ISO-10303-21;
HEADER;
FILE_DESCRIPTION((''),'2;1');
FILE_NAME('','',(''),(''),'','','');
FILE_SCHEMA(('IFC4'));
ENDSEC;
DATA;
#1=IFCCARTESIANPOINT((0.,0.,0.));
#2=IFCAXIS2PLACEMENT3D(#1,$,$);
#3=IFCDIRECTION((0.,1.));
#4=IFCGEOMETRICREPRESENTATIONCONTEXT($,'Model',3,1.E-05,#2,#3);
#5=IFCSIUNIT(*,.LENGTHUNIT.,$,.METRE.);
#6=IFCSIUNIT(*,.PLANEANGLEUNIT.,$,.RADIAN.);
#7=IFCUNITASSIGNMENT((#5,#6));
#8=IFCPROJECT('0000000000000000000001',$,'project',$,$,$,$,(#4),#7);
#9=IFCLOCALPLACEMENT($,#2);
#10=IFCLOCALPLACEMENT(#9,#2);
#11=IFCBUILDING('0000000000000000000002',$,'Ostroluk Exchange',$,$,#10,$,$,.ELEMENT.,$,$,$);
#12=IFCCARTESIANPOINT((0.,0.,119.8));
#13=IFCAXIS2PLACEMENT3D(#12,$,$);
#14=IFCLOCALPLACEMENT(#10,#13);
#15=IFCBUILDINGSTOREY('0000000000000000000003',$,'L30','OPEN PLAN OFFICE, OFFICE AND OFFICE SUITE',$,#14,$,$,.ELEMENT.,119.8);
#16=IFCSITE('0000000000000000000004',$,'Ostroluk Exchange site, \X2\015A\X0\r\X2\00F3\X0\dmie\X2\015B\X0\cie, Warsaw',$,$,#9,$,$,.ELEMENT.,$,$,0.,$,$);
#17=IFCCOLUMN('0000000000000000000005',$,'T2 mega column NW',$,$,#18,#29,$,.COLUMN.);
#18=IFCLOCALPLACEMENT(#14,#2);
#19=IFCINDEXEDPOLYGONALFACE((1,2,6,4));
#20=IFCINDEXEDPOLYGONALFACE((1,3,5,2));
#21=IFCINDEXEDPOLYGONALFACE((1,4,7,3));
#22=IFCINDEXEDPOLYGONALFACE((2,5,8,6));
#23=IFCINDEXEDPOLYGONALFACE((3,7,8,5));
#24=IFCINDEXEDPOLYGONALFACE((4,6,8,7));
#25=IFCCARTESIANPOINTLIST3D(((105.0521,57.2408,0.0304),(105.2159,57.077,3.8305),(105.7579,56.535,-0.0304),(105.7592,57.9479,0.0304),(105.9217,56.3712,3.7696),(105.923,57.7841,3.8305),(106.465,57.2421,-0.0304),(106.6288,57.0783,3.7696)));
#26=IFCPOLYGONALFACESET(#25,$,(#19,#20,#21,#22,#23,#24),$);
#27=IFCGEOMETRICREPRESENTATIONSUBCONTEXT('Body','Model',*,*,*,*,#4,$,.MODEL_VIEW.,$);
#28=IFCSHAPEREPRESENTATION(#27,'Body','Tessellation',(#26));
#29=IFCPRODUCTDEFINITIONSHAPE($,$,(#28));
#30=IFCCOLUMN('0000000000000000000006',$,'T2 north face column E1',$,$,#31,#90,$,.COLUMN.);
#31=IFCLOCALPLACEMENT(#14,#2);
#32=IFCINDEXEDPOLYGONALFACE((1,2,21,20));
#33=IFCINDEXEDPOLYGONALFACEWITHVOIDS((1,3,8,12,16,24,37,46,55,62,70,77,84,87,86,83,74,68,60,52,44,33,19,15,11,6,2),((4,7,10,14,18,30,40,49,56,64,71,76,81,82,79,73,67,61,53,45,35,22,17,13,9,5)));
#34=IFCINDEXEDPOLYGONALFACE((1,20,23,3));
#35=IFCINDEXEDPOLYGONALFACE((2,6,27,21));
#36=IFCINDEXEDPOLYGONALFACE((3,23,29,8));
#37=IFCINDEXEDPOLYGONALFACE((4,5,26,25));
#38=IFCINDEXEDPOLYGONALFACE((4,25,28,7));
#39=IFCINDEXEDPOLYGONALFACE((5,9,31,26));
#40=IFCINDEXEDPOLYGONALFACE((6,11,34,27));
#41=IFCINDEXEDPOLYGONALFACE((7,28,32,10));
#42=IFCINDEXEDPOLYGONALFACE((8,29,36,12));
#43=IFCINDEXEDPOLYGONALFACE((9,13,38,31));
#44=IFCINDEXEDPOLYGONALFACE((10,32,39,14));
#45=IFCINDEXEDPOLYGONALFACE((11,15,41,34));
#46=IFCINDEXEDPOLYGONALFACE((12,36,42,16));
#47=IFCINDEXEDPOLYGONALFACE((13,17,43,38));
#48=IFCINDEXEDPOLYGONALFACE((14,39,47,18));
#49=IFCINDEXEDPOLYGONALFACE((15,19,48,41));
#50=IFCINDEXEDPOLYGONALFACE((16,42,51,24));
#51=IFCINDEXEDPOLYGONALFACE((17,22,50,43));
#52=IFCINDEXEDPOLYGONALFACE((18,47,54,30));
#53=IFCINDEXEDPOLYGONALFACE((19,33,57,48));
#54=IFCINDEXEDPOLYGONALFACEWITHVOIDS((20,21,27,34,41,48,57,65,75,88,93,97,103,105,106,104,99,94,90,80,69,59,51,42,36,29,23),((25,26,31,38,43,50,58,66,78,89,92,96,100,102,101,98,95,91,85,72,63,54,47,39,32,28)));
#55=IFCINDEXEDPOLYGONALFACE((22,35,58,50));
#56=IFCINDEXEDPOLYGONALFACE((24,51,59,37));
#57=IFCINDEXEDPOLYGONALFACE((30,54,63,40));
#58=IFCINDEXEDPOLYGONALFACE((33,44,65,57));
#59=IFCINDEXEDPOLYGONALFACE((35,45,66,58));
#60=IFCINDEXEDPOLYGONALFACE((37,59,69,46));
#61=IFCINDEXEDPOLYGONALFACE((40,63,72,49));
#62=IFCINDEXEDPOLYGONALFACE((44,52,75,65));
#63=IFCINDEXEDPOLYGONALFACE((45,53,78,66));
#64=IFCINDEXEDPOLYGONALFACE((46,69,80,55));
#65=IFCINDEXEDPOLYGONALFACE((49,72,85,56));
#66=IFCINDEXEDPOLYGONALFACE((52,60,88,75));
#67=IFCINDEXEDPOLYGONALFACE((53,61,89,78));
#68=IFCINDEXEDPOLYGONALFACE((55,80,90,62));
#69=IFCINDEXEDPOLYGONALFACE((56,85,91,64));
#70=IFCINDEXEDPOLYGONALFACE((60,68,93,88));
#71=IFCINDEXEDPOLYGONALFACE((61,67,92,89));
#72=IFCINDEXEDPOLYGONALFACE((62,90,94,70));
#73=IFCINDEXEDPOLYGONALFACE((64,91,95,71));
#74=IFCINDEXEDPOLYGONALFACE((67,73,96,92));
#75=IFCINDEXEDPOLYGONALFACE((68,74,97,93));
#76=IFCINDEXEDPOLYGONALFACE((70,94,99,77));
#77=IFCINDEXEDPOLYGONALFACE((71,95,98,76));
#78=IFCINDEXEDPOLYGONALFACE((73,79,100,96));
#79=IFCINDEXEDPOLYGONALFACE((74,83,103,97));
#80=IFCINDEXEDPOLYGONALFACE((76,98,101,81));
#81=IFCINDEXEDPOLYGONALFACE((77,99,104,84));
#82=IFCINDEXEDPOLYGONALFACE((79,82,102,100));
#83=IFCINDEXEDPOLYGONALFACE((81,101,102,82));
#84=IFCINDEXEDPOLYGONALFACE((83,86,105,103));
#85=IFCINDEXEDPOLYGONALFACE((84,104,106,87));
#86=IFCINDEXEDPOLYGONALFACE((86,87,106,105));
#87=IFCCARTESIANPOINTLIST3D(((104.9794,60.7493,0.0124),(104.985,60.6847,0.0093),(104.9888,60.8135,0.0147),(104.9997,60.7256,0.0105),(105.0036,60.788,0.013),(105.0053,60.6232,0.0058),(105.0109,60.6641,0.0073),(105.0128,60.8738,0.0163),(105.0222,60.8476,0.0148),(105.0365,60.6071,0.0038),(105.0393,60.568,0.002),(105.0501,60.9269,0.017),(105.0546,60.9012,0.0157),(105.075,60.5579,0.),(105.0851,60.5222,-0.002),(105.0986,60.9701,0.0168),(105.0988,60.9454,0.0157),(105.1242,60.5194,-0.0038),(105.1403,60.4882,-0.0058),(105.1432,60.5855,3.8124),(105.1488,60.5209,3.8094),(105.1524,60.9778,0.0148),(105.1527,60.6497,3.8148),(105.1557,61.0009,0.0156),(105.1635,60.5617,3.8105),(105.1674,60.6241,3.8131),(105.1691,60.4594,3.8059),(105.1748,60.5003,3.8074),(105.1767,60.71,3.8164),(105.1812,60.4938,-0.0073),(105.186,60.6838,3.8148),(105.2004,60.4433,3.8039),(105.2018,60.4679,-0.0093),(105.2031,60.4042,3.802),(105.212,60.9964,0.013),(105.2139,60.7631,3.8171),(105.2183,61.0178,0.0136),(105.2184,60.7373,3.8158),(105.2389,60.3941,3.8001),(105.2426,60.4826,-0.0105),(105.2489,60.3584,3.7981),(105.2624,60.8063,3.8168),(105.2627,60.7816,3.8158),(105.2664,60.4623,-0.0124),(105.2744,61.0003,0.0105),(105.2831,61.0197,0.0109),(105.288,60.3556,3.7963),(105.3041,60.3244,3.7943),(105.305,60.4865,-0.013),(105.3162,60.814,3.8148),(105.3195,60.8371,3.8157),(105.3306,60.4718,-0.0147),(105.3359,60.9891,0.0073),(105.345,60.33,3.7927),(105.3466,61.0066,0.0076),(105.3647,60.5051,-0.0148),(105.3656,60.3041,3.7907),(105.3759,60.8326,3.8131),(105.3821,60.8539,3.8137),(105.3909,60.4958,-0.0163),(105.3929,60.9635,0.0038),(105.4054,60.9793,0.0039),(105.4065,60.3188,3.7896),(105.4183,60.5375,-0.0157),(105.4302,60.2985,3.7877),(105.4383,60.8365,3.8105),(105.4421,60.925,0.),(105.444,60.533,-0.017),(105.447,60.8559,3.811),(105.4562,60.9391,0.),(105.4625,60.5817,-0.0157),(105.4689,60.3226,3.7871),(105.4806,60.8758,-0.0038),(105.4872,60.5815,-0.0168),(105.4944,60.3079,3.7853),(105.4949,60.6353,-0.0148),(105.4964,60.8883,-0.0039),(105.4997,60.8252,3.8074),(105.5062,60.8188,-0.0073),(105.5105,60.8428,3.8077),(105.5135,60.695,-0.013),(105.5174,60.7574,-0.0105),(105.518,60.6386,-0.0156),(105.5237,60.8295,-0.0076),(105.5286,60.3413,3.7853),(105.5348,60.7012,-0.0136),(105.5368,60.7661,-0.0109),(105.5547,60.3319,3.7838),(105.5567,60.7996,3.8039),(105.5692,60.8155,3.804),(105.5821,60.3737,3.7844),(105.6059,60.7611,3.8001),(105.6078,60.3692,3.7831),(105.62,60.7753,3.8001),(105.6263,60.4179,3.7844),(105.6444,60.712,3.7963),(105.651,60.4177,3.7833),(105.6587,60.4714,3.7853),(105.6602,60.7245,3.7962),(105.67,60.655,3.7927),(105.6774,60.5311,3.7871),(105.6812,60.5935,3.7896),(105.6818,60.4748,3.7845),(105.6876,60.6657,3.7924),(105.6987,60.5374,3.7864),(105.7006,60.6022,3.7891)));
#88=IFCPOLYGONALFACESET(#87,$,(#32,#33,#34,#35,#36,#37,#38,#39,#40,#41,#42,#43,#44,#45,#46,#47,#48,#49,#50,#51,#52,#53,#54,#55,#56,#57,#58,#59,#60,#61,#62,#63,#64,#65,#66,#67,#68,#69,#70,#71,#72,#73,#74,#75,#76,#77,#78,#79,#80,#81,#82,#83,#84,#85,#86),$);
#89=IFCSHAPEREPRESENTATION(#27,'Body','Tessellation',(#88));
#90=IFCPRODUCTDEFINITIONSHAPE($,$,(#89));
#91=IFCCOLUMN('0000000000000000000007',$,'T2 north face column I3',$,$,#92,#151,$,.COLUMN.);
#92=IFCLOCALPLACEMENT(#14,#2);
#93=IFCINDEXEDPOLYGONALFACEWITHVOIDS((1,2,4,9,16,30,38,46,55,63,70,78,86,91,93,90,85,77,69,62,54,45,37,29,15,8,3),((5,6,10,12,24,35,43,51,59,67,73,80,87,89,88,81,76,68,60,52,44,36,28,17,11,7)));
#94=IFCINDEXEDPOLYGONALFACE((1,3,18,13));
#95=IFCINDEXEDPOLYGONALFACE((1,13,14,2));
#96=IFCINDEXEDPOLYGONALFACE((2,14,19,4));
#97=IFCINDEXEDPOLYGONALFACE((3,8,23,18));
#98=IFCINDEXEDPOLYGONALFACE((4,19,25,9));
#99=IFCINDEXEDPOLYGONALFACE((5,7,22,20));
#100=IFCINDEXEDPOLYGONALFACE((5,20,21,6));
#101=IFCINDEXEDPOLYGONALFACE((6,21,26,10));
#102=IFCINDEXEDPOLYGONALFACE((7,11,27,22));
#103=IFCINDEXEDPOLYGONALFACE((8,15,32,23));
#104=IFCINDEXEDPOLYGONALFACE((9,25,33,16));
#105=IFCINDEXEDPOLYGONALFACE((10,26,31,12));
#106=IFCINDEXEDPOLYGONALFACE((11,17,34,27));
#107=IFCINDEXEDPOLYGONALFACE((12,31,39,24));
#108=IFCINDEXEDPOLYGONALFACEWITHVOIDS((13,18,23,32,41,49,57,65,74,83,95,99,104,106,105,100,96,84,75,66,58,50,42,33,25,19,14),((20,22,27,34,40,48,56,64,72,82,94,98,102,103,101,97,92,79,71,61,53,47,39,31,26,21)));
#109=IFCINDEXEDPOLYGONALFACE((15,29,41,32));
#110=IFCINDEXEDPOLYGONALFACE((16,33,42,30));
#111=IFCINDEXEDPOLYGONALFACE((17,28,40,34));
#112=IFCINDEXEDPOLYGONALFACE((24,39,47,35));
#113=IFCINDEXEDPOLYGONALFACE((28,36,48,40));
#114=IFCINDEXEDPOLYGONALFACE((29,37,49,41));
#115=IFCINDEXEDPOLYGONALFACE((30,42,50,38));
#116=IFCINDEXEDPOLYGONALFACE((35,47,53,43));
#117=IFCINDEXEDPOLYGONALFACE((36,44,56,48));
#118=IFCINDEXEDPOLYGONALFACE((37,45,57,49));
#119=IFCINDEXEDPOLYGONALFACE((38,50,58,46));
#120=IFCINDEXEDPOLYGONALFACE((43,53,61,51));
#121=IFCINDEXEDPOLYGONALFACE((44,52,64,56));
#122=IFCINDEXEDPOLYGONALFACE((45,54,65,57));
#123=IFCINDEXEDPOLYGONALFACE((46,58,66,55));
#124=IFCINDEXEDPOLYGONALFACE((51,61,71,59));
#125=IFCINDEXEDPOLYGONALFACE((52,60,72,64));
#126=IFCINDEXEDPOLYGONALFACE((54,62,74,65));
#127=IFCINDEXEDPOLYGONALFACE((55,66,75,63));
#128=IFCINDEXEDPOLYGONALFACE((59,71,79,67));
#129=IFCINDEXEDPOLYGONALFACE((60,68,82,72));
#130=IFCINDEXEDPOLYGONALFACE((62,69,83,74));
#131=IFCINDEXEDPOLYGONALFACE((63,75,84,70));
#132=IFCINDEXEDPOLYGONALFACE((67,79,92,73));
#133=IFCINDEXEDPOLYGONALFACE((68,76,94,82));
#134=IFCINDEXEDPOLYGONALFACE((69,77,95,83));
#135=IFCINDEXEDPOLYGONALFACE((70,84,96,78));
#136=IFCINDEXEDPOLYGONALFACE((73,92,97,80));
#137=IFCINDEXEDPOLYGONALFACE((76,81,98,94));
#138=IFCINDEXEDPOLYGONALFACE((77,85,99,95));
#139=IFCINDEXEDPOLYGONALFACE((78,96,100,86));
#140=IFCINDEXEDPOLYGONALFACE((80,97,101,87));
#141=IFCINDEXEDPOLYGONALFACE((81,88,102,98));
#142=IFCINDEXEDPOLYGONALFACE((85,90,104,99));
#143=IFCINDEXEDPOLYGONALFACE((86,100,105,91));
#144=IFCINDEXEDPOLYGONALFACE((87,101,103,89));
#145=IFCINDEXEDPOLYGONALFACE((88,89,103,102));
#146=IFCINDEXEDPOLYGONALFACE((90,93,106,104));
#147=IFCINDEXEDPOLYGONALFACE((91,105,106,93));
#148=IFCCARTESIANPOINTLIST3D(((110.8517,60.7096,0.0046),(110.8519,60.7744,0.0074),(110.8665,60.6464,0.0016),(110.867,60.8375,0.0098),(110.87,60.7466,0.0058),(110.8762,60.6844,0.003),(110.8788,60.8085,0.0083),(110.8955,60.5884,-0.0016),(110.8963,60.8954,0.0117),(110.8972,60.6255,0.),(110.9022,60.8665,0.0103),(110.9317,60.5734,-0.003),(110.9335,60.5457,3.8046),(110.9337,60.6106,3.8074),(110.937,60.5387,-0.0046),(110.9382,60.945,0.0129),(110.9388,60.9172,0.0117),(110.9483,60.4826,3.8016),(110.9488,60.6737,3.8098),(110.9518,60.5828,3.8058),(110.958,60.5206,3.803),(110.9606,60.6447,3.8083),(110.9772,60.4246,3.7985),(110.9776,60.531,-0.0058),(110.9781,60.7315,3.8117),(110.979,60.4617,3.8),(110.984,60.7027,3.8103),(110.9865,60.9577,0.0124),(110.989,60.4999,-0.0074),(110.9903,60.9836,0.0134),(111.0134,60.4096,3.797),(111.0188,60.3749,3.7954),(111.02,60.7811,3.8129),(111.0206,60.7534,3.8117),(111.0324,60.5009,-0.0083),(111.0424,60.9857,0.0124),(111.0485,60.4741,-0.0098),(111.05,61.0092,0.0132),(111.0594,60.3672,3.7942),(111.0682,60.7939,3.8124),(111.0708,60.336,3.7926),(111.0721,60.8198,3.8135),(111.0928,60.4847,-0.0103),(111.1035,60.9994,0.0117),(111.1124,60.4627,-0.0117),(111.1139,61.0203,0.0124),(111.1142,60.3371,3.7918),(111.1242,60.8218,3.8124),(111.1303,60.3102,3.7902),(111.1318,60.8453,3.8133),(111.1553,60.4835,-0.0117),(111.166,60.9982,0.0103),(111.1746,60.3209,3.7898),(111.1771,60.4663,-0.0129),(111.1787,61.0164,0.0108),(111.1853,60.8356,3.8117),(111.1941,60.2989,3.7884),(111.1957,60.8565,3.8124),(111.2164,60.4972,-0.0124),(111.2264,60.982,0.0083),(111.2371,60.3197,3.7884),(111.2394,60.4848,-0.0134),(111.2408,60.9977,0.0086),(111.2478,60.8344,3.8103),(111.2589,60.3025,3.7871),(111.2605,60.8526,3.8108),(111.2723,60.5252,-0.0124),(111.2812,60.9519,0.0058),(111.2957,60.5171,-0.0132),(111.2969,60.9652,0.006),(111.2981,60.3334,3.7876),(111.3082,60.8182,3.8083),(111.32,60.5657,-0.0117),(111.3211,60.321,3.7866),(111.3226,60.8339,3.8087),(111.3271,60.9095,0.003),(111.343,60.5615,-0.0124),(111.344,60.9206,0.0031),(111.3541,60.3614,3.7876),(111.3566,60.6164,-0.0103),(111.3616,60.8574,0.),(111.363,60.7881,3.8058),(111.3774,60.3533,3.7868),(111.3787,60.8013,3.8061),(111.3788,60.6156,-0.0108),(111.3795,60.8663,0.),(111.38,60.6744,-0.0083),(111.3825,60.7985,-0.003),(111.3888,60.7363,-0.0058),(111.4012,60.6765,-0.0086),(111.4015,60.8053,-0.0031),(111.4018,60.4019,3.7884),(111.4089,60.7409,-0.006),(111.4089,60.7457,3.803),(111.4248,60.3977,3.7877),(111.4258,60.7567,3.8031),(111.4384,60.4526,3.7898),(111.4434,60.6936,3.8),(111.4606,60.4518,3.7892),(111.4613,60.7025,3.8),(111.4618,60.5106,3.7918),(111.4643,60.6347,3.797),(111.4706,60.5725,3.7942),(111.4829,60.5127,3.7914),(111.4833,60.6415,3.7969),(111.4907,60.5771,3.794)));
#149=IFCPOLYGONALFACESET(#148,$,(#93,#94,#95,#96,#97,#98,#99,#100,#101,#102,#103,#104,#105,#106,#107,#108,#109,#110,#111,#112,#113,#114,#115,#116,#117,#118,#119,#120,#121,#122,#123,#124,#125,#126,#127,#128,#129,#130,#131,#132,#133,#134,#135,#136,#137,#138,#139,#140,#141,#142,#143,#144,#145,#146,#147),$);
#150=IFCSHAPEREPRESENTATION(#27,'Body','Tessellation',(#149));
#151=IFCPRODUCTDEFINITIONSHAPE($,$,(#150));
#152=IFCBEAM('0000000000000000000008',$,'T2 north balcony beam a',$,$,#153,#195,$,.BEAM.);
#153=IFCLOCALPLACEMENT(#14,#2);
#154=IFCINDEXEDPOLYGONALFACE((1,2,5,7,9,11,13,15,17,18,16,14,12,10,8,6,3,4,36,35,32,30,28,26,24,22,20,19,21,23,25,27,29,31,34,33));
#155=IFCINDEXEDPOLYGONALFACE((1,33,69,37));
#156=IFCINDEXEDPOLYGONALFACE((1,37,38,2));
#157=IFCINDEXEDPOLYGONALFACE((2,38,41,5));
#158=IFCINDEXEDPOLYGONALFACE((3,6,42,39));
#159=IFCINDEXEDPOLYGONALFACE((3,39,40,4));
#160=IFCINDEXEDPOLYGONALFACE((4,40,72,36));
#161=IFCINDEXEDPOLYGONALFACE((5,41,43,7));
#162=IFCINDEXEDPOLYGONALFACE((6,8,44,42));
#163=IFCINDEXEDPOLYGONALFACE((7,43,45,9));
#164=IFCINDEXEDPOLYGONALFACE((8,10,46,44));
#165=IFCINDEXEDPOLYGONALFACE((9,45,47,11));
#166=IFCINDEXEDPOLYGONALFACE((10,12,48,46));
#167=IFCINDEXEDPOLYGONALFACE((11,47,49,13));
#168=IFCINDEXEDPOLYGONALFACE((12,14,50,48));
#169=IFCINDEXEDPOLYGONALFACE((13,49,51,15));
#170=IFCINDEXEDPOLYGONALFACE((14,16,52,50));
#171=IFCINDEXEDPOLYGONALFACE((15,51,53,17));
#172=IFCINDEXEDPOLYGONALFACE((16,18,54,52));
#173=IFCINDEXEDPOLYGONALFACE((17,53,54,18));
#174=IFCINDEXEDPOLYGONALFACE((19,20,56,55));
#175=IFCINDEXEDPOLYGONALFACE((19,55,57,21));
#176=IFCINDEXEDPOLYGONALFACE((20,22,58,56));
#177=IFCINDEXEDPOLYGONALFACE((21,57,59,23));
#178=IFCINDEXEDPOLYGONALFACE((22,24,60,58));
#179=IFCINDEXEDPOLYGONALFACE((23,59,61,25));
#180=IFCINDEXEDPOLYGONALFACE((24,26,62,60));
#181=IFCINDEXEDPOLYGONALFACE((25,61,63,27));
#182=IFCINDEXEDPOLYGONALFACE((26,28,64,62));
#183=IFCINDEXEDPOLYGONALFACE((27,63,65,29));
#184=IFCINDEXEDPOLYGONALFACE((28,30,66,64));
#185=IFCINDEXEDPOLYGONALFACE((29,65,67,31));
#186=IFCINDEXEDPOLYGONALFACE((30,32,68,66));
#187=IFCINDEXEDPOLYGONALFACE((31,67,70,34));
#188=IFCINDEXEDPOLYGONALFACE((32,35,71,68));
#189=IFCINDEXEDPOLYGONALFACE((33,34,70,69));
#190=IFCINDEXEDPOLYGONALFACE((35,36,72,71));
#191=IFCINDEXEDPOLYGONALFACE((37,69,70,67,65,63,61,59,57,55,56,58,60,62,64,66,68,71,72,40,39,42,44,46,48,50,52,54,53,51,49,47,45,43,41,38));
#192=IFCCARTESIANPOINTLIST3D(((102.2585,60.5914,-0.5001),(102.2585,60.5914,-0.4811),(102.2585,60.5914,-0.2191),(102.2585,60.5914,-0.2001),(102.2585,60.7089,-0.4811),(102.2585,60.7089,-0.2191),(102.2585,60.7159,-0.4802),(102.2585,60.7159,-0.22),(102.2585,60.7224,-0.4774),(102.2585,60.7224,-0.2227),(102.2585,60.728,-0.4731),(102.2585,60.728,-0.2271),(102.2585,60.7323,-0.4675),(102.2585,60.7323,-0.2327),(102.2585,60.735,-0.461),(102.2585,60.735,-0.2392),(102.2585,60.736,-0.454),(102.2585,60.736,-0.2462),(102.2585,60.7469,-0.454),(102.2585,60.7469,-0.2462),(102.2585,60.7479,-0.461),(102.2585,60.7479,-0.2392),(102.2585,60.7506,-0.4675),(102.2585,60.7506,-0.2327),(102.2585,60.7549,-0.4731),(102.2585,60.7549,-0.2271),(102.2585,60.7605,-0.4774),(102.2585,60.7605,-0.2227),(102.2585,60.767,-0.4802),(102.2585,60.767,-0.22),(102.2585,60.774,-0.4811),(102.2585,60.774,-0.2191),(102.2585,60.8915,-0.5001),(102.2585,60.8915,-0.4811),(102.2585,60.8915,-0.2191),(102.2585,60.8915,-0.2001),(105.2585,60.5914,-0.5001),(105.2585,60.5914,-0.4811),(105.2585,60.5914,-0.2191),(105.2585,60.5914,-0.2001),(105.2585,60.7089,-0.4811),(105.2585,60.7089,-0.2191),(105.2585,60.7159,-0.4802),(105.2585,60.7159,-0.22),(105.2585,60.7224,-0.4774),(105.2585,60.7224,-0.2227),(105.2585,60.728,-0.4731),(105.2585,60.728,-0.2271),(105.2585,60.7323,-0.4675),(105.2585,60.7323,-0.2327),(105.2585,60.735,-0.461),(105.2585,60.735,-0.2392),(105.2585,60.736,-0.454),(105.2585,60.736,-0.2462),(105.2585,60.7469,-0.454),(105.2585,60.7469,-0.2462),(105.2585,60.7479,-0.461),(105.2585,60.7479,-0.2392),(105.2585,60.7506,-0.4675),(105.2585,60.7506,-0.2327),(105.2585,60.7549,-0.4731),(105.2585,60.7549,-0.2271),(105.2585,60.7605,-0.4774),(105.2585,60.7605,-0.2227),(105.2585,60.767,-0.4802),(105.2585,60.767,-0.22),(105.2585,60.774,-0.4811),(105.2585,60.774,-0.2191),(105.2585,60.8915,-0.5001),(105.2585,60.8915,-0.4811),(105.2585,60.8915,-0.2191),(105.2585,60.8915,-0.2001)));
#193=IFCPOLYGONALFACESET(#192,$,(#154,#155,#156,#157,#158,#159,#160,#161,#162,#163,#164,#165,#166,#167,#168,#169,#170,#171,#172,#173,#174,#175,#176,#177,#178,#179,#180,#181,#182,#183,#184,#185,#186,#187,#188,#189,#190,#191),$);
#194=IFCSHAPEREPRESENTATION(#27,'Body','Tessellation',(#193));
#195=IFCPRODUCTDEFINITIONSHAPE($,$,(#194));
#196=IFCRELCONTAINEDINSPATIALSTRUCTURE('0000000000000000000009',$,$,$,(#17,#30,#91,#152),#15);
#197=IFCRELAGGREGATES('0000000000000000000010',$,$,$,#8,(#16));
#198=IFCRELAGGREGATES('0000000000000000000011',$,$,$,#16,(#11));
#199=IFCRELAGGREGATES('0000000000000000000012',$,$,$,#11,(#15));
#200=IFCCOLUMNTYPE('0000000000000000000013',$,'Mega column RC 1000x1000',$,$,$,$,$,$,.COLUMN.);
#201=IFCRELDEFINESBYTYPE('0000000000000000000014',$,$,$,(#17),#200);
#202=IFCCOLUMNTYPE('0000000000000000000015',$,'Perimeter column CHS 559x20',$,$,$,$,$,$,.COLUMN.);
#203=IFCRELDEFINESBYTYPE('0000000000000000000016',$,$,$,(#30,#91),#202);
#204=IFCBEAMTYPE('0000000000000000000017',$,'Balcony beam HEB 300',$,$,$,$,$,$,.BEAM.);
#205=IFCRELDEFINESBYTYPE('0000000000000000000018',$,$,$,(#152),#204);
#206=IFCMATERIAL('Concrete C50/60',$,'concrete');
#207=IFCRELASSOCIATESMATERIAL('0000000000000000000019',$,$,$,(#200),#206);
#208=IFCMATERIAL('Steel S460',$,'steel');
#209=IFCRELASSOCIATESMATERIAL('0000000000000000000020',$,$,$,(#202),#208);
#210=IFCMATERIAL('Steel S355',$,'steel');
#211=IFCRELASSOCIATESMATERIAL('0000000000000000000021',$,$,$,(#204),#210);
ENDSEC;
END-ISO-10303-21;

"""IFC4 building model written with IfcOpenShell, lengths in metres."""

from ifc_helpers import new_model, si_unit, direction, frame, origin, origin_2d, place, context, subcontext, project, spatial, rectangle, hollow_circle, i_section, extrude, material, material_profile, profile_set, type_object, element, save


model = new_model("IFC4")

# Units and contexts
model_context = context("Model", 3, precision=1e-05, world=origin(), true_north=direction((0.0, 1.0)))
body_context = subcontext(model_context, "Body", "Model", "MODEL_VIEW")
ifc_project = project(units=[si_unit("LENGTHUNIT", "METRE"), si_unit("PLANEANGLEUNIT", "RADIAN")], contexts=[model_context])

# Site, building, storey
site_placement = place(None, origin())
site = spatial("IfcSite", under=ifc_project, at=site_placement, Name="Ostroluk Exchange site, Śródmieście, Warsaw", CompositionType="ELEMENT", RefElevation=0.0)
building_placement = place(site_placement, origin())
building = spatial("IfcBuilding", under=site, at=building_placement, Name="Ostroluk Exchange", CompositionType="ELEMENT")
storey_placement = place(building_placement, frame((0.0, 0.0, 119.8)))
storey = spatial("IfcBuildingStorey", under=building, at=storey_placement, Name="L30", Description="OPEN PLAN OFFICE, OFFICE AND OFFICE SUITE", CompositionType="ELEMENT", Elevation=119.8)

# Columns
ifc_material_1 = material(Name="Concrete C50/60", Category="concrete")
ifc_material_profile_1 = material_profile(ifc_material_1, rectangle(XDim=1.0, YDim=1.0, at=origin_2d()), Name="RC 1000x1000")
ifc_profile_set_1 = profile_set([ifc_material_profile_1], Name="Concrete C50/60")
column_type_1 = type_object("IfcColumnType", Name="Mega column RC 1000x1000", PredefinedType="COLUMN", material=ifc_profile_set_1)
column_1_placement = place(storey_placement, frame((105.7585, 57.2415, 0.0), z_axis=(0.04303, -0.04303, 0.998147), x_axis=(0.707107, 0.707107, 0.0)))
element("IfcColumn", 1, at=column_1_placement, inside=storey, type_object=column_type_1, Name="T2 mega column NW", PredefinedType="COLUMN", context=body_context, shape_type="SweptSolid", body=[
    extrude(rectangle(XDim=1.0, YDim=1.0, at=origin_2d()), origin(), (0.0, 0.0, 1.0), 3.8071),
])
ifc_material_2 = material(Name="Steel S460", Category="steel")
ifc_material_profile_2 = material_profile(ifc_material_2, hollow_circle(Radius=0.2795, WallThickness=0.02, at=origin_2d()), Name="CHS 559x20")
ifc_profile_set_2 = profile_set([ifc_material_profile_2], Name="Steel S460")
column_type_2 = type_object("IfcColumnType", Name="Perimeter column CHS 559x20", PredefinedType="COLUMN", material=ifc_profile_set_2)
column_2_placement = place(storey_placement, frame((105.2585, 60.7415, 0.0), z_axis=(0.04303, -0.04303, 0.998147), x_axis=(0.707107, 0.707107, 0.0)))
element("IfcColumn", 2, at=column_2_placement, inside=storey, type_object=column_type_2, Name="T2 north face column E1", PredefinedType="COLUMN", context=body_context, shape_type="SweptSolid", body=[
    extrude(hollow_circle(Radius=0.2795, WallThickness=0.02, at=origin_2d()), origin(), (0.0, 0.0, 1.0), 3.8071),
])
column_3_placement = place(storey_placement, frame((111.1294, 60.7415, 0.0), z_axis=(0.021498, -0.04306, 0.998841), x_axis=(0.894694, 0.44668, 0.0)))
element("IfcColumn", 3, at=column_3_placement, inside=storey, type_object=column_type_2, Name="T2 north face column I3", PredefinedType="COLUMN", context=body_context, shape_type="SweptSolid", body=[
    extrude(hollow_circle(Radius=0.2795, WallThickness=0.02, at=origin_2d()), origin(), (0.0, 0.0, 1.0), 3.8044),
])

# Beam
ifc_material_3 = material(Name="Steel S355", Category="steel")
ifc_material_profile_3 = material_profile(ifc_material_3, i_section(OverallWidth=0.3, OverallDepth=0.3, WebThickness=0.011, FlangeThickness=0.019, FilletRadius=0.0271, at=origin_2d()), Name="HEB 300")
ifc_profile_set_3 = profile_set([ifc_material_profile_3], Name="Steel S355")
beam_type_1 = type_object("IfcBeamType", Name="Balcony beam HEB 300", PredefinedType="BEAM", material=ifc_profile_set_3)
beam_1_placement = place(storey_placement, frame((105.2585, 60.7415, -0.3501), z_axis=(-1.0, 0.0, 0.0), x_axis=(0.0, -1.0, 0.0)))
element("IfcBeam", 4, at=beam_1_placement, inside=storey, type_object=beam_type_1, Name="T2 north balcony beam a", PredefinedType="BEAM", context=body_context, shape_type="SweptSolid", body=[
    extrude(i_section(OverallWidth=0.3, OverallDepth=0.3, WebThickness=0.011, FlangeThickness=0.019, FilletRadius=0.0271, at=origin_2d()), origin(), (0.0, 0.0, 1.0), 3.0),
])

save(model, "model.ifc")
